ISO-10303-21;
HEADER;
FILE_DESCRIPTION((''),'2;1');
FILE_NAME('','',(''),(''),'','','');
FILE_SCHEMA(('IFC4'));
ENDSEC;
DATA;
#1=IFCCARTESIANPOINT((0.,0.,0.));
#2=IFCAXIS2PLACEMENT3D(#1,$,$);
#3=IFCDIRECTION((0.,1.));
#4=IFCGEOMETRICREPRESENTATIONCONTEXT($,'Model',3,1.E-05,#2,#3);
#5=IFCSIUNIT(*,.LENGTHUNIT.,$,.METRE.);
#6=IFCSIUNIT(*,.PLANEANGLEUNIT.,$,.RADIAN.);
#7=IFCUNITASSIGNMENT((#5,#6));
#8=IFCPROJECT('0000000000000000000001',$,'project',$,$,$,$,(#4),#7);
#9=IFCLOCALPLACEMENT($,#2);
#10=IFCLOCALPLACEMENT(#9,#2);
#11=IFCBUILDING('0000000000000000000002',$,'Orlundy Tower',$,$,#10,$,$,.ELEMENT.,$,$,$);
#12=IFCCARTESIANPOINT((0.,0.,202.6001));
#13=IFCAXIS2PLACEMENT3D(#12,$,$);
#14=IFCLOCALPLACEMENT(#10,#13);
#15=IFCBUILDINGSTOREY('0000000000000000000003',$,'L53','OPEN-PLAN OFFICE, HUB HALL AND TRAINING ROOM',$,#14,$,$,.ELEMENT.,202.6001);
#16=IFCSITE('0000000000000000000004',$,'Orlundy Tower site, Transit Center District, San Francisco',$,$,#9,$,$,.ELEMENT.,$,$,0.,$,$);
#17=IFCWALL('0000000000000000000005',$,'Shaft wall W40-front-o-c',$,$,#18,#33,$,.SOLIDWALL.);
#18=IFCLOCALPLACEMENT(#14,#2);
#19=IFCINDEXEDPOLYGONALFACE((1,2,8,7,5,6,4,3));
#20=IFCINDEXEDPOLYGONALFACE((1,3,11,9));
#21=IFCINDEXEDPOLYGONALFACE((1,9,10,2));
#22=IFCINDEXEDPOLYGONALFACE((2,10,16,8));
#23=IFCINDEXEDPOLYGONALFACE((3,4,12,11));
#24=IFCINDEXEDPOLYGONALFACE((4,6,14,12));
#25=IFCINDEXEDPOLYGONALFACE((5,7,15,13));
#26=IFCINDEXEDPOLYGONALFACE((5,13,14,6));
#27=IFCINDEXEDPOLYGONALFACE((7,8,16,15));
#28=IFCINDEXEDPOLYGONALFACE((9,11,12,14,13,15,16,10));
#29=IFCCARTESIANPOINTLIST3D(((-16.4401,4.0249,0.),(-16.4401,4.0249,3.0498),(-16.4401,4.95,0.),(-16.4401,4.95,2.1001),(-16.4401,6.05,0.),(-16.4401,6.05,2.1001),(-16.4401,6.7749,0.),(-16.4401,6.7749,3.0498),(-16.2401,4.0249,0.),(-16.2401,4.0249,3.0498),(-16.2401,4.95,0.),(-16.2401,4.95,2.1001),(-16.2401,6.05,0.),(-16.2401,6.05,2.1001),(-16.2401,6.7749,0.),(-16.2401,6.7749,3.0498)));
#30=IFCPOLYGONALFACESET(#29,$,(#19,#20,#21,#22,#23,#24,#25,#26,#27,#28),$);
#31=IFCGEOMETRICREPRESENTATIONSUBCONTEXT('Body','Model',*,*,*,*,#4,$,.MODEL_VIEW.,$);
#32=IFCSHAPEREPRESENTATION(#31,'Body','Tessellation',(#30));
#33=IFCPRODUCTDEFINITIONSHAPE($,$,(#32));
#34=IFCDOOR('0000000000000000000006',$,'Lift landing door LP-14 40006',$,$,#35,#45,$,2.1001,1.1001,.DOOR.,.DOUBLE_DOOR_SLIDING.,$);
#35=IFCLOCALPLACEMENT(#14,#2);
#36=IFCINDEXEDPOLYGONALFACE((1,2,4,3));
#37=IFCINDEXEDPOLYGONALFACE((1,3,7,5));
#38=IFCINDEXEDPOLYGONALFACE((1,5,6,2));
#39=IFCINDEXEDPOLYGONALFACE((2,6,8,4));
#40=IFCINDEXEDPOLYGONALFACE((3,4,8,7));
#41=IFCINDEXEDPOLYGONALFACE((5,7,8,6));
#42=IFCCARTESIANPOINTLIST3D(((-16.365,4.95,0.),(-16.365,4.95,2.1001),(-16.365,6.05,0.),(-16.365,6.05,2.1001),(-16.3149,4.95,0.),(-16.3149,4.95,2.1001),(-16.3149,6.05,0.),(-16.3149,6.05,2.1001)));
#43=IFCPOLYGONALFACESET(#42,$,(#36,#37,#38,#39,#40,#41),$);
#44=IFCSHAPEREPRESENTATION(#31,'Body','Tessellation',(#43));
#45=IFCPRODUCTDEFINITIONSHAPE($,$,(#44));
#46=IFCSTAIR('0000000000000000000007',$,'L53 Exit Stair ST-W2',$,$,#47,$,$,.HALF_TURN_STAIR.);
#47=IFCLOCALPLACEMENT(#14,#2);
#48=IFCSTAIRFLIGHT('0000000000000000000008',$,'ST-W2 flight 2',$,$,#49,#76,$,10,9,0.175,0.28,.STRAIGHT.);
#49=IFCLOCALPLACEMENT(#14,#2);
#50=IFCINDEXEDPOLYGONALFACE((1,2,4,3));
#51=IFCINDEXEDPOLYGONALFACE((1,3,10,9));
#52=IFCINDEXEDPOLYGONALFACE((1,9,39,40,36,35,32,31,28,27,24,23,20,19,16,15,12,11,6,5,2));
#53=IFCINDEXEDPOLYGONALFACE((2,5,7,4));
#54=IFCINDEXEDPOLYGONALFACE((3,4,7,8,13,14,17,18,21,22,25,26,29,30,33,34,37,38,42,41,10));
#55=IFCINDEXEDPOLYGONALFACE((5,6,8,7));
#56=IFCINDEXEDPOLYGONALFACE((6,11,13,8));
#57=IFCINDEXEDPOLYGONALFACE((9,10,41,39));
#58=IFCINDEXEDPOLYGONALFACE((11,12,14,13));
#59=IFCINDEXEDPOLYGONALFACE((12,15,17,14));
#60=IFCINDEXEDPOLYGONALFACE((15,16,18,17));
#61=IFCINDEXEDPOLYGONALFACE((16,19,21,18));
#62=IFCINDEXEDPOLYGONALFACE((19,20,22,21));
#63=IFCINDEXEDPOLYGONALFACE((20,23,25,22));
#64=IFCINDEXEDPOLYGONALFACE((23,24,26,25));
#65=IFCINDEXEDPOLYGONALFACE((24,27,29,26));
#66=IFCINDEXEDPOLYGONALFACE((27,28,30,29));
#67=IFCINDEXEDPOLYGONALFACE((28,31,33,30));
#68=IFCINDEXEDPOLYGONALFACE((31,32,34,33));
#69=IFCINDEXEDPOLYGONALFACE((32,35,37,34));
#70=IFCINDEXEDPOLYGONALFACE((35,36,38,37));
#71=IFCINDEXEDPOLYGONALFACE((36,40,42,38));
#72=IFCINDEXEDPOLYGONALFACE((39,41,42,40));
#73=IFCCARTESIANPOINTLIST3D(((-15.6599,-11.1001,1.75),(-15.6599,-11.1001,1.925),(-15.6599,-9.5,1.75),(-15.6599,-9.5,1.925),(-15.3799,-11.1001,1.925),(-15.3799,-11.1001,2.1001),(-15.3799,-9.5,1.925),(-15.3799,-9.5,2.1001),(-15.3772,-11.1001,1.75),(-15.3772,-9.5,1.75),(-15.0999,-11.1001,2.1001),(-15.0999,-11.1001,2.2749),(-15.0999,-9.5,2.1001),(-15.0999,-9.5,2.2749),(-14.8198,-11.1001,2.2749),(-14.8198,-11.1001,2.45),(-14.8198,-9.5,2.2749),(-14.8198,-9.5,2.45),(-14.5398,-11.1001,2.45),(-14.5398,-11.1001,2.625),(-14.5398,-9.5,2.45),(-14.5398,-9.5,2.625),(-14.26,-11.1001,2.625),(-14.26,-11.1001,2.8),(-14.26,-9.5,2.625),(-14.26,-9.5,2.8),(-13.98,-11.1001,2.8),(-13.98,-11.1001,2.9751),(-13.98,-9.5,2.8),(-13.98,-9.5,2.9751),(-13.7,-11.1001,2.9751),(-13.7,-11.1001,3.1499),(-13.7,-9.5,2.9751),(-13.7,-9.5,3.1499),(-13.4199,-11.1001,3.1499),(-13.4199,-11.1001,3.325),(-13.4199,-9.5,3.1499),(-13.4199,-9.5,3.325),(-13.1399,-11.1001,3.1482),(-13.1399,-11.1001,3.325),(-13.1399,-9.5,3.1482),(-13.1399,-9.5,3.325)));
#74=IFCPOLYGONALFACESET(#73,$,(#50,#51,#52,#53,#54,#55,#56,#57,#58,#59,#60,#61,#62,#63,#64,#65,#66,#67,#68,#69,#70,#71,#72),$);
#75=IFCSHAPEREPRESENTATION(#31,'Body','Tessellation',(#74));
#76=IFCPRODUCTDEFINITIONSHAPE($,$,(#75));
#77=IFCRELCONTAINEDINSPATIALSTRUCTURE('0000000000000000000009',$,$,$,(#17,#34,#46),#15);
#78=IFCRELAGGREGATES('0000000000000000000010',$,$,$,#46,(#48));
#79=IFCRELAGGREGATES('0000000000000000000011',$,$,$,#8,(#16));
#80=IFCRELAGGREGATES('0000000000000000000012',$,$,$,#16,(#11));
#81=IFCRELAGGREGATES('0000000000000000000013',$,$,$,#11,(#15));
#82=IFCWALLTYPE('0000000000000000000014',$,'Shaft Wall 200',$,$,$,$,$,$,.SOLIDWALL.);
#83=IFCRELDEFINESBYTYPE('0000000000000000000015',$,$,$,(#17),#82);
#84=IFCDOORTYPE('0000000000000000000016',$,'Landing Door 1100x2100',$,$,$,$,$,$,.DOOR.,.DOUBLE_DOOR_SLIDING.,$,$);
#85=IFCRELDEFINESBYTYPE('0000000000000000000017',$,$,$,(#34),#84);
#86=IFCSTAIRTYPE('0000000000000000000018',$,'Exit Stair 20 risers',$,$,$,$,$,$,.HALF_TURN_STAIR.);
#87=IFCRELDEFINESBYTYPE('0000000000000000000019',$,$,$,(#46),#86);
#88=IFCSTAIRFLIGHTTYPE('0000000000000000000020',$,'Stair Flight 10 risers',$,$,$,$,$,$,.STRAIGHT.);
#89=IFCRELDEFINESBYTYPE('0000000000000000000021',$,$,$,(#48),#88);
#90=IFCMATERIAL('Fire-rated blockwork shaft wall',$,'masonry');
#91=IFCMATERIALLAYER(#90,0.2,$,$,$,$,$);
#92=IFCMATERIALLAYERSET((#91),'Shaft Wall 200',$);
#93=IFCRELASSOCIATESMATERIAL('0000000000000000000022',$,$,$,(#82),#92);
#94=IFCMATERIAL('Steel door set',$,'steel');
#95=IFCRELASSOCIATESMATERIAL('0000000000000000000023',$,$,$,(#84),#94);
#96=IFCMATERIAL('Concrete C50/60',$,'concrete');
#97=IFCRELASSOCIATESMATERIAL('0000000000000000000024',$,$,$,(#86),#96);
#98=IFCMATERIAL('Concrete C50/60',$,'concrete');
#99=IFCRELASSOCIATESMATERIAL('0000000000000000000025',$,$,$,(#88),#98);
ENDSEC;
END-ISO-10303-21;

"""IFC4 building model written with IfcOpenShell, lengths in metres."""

from ifc_helpers import new_model, si_unit, direction, frame, frame_2d, origin, place, context, subcontext, project, spatial, polyline, rectangle, outline, extrude, material, layer, layer_set, type_object, element, fill, aggregate, save


model = new_model("IFC4")

# Units and contexts
model_context = context("Model", 3, precision=1e-05, world=origin(), true_north=direction((0.0, 1.0)))
body_context = subcontext(model_context, "Body", "Model", "MODEL_VIEW")
ifc_project = project(units=[si_unit("LENGTHUNIT", "METRE"), si_unit("PLANEANGLEUNIT", "RADIAN")], contexts=[model_context])

# Site, building, storey
site_placement = place(None, origin())
site = spatial("IfcSite", under=ifc_project, at=site_placement, Name="Orlundy Tower site, Transit Center District, San Francisco", CompositionType="ELEMENT", RefElevation=0.0)
building_placement = place(site_placement, origin())
building = spatial("IfcBuilding", under=site, at=building_placement, Name="Orlundy Tower", CompositionType="ELEMENT")
storey_placement = place(building_placement, frame((0.0, 0.0, 202.6001)))
storey = spatial("IfcBuildingStorey", under=building, at=storey_placement, Name="L53", Description="OPEN-PLAN OFFICE, HUB HALL AND TRAINING ROOM", CompositionType="ELEMENT", Elevation=202.6001)

# Shared definitions
ifc_material_1 = material(Name="Fire-rated blockwork shaft wall", Category="masonry")
ifc_layer_1 = layer(ifc_material_1, 0.2)
ifc_layer_set_1 = layer_set([ifc_layer_1], Name="Shaft Wall 200")
wall_type_1 = type_object("IfcWallType", Name="Shaft Wall 200", PredefinedType="SOLIDWALL", material=ifc_layer_set_1)

# Shared definitions
ifc_material_2 = material(Name="Steel door set", Category="steel")
door_type_1 = type_object("IfcDoorType", Name="Landing Door 1100x2100", OperationType="DOUBLE_DOOR_SLIDING", PredefinedType="DOOR", material=ifc_material_2)

# Wall, opening, door
wall_1_placement = place(storey_placement, frame((-16.3401, 4.0249, 0.0), z_axis=(0.0, 0.0, 1.0), x_axis=(0.0, 1.0, 0.0)))
wall_1 = element("IfcWall", 1, at=wall_1_placement, inside=storey, type_object=wall_type_1, Name="Shaft wall W40-front-o-c", PredefinedType="SOLIDWALL", context=body_context, shape_type="SweptSolid", body=[
    extrude(rectangle(XDim=2.75, YDim=0.2, at=frame_2d((1.375, 0.0))), origin(), (0.0, 0.0, 1.0), 3.0498),
])
opening_1_placement = place(wall_1_placement, frame((0.925, 0.0, 0.0)))
opening_1 = element("IfcOpeningElement", 2, at=opening_1_placement, cuts=wall_1, PredefinedType="OPENING", context=body_context, shape_type="SweptSolid", body=[
    extrude(rectangle(XDim=1.1001, YDim=2.1001, at=frame_2d((0.55, 1.05))), frame((0.0, 0.1101, 0.0), z_axis=(0.0, -1.0, 0.0), x_axis=(1.0, 0.0, 0.0)), (0.0, 0.0, 1.0), 0.2202),
])
door_1_placement = place(opening_1_placement, origin())
door_1 = element("IfcDoor", 3, at=door_1_placement, inside=storey, type_object=door_type_1, Name="Lift landing door LP-14 40006", OperationType="DOUBLE_DOOR_SLIDING", OverallHeight=2.1001, OverallWidth=1.1001, PredefinedType="DOOR", context=body_context, shape_type="SweptSolid", body=[
    extrude(rectangle(XDim=1.1001, YDim=2.1001, at=frame_2d((0.55, 1.05))), frame((0.0, 0.0249, 0.0), z_axis=(0.0, -1.0, 0.0), x_axis=(1.0, 0.0, 0.0)), (0.0, 0.0, 1.0), 0.05),
])
fill(opening_1, door_1)

# Stair, stair flight
ifc_material_3 = material(Name="Concrete C50/60", Category="concrete")
stair_type = type_object("IfcStairType", Name="Exit Stair 20 risers", PredefinedType="HALF_TURN_STAIR", material=ifc_material_3)
stair_placement = place(storey_placement, origin())
stair = element("IfcStair", 4, at=stair_placement, inside=storey, type_object=stair_type, Name="L53 Exit Stair ST-W2", PredefinedType="HALF_TURN_STAIR")
ifc_material_4 = material(Name="Concrete C50/60", Category="concrete")
stair_flight_type = type_object("IfcStairFlightType", Name="Stair Flight 10 risers", PredefinedType="STRAIGHT", material=ifc_material_4)
stair_flight_placement = place(storey_placement, frame((-15.6599, -10.3, 1.75), z_axis=(0.0, 0.0, 1.0), x_axis=(1.0, 0.0, 0.0)))
stair_flight = element("IfcStairFlight", 5, at=stair_flight_placement, type_object=stair_flight_type, Name="ST-W2 flight 2", NumberOfRisers=10, NumberOfTreads=9, PredefinedType="STRAIGHT", RiserHeight=0.175, TreadLength=0.28, context=body_context, shape_type="SweptSolid", body=[
    extrude(outline(polyline([(0.0, 0.0), (0.0, 0.175), (0.28, 0.175), (0.28, 0.3501), (0.5601, 0.3501), (0.5601, 0.5249), (0.8401, 0.5249), (0.8401, 0.7), (1.1201, 0.7), (1.1201, 0.875), (1.3999, 0.875), (1.3999, 1.05), (1.6799, 1.05), (1.6799, 1.2251), (1.96, 1.2251), (1.96, 1.3999), (2.24, 1.3999), (2.24, 1.575), (2.52, 1.575), (2.52, 1.75), (2.52, 1.3982), (0.2827, 0.0), (0.0, 0.0)])), frame((0.0, 0.8, 0.0), z_axis=(0.0, -1.0, 0.0), x_axis=(1.0, 0.0, 0.0)), (0.0, 0.0, 1.0), 1.6001),
])
aggregate(stair, [stair_flight])

save(model, "model.ifc")
